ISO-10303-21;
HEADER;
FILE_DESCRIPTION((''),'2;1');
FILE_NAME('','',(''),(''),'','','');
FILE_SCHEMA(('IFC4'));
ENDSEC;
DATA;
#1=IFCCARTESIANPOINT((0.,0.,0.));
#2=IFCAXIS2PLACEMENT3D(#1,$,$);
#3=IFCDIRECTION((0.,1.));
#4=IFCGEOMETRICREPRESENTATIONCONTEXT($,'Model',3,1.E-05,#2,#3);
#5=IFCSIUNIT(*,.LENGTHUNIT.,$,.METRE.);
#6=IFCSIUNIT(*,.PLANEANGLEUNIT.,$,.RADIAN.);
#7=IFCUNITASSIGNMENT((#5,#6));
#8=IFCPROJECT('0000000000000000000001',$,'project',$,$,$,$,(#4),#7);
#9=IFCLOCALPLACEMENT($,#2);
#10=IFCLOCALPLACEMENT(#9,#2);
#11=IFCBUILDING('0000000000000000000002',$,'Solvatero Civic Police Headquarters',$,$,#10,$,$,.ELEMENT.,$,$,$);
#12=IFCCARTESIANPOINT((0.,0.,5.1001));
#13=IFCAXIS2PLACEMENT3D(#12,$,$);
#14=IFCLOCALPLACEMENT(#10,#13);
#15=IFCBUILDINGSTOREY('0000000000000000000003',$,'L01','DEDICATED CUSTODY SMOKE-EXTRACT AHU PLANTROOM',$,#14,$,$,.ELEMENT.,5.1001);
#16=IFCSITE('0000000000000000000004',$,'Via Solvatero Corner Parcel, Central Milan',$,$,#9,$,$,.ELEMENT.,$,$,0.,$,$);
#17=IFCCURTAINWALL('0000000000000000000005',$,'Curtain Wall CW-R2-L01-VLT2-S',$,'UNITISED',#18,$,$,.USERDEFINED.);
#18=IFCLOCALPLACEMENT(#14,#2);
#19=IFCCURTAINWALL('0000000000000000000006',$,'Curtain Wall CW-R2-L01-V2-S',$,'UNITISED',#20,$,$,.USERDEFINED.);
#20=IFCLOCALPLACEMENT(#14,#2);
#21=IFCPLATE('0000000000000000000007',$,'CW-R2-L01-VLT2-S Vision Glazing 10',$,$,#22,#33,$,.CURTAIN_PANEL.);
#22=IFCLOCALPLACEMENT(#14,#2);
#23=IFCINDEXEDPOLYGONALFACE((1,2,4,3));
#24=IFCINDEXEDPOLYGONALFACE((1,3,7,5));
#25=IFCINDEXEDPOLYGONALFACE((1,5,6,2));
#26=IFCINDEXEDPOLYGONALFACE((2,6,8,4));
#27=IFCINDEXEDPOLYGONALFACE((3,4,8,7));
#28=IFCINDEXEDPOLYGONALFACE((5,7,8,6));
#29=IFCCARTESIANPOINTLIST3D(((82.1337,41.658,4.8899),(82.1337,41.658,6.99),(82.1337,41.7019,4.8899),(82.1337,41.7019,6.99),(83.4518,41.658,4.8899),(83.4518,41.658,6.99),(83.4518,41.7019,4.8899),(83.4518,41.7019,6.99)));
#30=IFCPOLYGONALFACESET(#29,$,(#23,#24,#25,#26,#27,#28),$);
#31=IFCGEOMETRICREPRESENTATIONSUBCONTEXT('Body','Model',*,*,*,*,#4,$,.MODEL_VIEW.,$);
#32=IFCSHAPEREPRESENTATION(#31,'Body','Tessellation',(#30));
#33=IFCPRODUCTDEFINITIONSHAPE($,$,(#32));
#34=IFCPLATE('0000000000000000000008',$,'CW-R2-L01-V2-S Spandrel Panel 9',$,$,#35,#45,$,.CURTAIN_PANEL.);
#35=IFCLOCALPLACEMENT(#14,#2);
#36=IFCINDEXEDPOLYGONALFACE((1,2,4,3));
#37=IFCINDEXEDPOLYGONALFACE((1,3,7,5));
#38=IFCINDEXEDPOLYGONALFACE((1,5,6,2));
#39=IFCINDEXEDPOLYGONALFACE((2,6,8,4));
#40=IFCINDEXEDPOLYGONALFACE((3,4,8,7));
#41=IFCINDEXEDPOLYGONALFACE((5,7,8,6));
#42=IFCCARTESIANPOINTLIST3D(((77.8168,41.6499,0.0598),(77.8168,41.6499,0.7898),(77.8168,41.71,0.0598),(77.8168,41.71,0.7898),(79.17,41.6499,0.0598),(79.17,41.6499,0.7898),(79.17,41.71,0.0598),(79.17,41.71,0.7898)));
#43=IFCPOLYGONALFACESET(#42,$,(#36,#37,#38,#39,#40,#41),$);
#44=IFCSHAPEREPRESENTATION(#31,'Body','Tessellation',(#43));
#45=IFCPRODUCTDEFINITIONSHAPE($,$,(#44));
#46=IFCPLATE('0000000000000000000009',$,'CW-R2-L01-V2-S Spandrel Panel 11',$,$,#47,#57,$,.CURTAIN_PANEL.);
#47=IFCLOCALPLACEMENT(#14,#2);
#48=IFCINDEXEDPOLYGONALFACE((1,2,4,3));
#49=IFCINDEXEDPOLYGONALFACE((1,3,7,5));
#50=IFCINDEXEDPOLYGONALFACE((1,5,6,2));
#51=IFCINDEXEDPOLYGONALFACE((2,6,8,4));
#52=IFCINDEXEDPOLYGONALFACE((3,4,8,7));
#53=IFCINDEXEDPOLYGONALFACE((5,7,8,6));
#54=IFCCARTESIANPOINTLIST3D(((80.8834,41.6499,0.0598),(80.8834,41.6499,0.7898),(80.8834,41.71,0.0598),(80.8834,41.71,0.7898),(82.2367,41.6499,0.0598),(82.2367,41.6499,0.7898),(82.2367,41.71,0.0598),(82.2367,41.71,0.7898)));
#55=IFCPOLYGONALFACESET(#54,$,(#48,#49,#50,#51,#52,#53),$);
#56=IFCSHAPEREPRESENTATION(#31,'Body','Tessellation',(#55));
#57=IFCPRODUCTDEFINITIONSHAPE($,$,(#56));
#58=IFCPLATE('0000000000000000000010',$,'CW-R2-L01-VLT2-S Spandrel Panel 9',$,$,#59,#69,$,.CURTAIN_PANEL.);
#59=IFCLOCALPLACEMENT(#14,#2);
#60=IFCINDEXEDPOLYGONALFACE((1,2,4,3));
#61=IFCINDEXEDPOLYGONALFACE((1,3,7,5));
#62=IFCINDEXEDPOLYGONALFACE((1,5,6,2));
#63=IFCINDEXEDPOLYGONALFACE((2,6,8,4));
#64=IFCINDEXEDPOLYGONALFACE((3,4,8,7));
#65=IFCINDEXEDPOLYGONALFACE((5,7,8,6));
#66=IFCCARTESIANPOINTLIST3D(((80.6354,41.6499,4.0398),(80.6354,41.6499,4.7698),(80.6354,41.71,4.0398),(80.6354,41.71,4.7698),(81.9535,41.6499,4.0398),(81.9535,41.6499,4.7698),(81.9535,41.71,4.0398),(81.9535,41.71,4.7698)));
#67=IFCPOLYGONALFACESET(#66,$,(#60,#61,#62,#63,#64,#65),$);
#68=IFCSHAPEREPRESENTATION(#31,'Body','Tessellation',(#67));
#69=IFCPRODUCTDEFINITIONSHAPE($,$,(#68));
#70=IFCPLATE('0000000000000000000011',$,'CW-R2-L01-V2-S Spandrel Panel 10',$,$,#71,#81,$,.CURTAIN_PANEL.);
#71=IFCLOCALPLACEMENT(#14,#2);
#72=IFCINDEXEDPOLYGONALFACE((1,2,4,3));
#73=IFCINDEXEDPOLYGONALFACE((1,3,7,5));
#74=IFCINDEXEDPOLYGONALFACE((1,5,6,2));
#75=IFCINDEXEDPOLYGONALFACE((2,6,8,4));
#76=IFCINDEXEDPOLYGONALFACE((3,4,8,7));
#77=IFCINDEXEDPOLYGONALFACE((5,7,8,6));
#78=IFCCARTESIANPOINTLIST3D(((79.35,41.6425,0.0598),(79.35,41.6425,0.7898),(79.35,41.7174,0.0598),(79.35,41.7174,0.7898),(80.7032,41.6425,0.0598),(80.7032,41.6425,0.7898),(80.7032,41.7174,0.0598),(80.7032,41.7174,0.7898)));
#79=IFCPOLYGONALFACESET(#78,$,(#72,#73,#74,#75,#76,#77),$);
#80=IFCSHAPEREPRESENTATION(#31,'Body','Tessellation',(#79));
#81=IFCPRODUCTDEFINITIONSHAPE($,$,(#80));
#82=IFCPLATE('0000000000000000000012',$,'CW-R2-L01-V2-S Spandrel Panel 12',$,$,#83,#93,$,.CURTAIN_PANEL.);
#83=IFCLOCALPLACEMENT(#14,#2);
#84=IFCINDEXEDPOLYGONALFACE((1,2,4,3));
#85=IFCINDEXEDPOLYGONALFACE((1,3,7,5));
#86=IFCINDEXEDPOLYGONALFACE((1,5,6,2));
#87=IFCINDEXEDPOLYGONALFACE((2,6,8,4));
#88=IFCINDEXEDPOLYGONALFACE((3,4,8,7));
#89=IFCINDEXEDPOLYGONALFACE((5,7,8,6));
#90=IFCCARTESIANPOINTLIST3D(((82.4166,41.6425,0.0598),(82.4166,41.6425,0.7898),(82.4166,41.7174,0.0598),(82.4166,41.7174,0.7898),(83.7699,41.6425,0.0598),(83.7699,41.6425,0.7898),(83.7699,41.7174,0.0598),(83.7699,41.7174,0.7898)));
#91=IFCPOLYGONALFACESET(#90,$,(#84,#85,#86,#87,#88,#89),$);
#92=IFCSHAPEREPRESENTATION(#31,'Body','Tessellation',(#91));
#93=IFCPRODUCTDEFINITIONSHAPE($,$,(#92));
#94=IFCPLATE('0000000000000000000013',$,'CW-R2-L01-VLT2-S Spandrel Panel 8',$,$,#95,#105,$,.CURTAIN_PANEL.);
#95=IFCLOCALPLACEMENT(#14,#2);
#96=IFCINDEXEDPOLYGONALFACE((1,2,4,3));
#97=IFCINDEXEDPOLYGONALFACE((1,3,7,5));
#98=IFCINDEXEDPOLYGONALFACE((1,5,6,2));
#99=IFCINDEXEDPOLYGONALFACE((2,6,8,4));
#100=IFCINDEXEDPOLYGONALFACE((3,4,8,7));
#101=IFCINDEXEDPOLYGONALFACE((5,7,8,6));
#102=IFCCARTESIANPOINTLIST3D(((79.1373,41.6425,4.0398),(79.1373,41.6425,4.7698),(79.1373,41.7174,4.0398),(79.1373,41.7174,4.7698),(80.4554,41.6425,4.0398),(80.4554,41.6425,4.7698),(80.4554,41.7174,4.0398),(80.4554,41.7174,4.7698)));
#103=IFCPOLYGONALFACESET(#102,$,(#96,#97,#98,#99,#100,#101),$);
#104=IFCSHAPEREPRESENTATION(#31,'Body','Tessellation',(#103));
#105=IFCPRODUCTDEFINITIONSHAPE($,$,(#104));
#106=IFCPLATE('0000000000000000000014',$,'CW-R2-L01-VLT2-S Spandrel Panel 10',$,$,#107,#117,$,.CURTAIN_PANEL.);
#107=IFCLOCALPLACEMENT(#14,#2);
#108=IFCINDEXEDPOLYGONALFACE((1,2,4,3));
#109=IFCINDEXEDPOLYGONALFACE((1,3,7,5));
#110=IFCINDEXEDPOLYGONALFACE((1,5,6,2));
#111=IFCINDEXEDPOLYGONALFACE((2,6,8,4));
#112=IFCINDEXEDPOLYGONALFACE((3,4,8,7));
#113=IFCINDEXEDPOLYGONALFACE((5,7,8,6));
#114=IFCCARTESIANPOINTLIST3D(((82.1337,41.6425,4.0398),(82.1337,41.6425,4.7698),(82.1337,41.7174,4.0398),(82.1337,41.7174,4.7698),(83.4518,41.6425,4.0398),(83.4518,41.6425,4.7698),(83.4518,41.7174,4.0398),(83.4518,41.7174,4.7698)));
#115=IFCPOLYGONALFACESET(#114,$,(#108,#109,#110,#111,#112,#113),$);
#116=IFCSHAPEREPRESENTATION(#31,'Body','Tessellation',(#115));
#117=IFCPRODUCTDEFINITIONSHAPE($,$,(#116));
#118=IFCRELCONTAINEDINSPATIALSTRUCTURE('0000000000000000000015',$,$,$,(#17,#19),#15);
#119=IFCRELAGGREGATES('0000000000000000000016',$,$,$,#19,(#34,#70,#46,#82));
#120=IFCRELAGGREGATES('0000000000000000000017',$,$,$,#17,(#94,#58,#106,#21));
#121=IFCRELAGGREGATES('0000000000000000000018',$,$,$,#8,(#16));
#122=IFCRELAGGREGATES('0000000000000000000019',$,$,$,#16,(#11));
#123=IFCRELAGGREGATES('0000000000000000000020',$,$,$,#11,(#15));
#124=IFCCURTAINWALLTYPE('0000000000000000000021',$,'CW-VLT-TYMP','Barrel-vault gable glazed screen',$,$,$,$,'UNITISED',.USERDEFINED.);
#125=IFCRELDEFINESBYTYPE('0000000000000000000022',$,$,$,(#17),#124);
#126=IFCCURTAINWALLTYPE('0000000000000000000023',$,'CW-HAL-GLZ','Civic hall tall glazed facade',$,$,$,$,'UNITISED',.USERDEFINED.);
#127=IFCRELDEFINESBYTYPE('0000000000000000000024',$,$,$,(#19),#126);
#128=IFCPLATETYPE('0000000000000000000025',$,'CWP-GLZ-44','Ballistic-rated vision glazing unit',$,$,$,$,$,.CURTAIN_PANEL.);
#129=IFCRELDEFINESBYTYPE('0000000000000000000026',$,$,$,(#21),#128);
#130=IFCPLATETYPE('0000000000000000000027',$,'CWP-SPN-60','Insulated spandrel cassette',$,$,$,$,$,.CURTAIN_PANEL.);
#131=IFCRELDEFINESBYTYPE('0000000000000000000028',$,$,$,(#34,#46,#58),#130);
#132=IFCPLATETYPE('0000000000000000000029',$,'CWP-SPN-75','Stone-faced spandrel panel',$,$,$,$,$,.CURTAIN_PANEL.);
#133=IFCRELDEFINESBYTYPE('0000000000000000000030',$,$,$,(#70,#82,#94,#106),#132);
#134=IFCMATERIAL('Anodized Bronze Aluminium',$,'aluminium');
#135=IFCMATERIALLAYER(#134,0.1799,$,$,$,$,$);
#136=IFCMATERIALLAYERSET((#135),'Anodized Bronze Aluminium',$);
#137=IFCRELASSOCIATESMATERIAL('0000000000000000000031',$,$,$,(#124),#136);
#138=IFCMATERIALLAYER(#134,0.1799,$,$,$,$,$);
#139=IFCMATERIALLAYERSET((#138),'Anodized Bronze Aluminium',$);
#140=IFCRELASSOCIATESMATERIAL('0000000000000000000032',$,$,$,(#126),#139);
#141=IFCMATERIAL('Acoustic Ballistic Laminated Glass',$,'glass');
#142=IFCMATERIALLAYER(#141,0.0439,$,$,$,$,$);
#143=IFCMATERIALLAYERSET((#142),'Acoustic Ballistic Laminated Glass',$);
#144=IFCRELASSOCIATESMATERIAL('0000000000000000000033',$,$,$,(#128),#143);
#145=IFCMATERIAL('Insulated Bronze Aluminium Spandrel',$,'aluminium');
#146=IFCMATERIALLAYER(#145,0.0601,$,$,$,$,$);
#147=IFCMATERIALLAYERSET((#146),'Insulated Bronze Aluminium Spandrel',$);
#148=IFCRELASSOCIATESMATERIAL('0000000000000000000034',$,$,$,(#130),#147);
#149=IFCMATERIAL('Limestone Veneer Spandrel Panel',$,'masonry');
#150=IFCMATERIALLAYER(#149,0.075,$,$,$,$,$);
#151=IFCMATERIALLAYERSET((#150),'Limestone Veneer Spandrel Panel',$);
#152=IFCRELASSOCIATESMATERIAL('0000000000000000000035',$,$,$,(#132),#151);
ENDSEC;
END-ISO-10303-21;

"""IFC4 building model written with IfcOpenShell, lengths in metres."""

from ifc_helpers import new_model, si_unit, direction, frame, origin, origin_2d, place, context, subcontext, project, spatial, rectangle, extrude, material, layer, layer_set, type_object, element, aggregate, save


model = new_model("IFC4")

# Units and contexts
model_context = context("Model", 3, precision=1e-05, world=origin(), true_north=direction((0.0, 1.0)))
body_context = subcontext(model_context, "Body", "Model", "MODEL_VIEW")
ifc_project = project(units=[si_unit("LENGTHUNIT", "METRE"), si_unit("PLANEANGLEUNIT", "RADIAN")], contexts=[model_context])

# Site, building, storey
site_placement = place(None, origin())
site = spatial("IfcSite", under=ifc_project, at=site_placement, Name="Via Solvatero Corner Parcel, Central Milan", CompositionType="ELEMENT", RefElevation=0.0)
building_placement = place(site_placement, origin())
building = spatial("IfcBuilding", under=site, at=building_placement, Name="Solvatero Civic Police Headquarters", CompositionType="ELEMENT")
storey_placement = place(building_placement, frame((0.0, 0.0, 5.1001)))
storey = spatial("IfcBuildingStorey", under=building, at=storey_placement, Name="L01", Description="DEDICATED CUSTODY SMOKE-EXTRACT AHU PLANTROOM", CompositionType="ELEMENT", Elevation=5.1001)

# Curtain walls
ifc_material_1 = material(Name="Anodized Bronze Aluminium", Category="aluminium")
ifc_layer_1 = layer(ifc_material_1, 0.1799)
ifc_layer_set_1 = layer_set([ifc_layer_1], Name="Anodized Bronze Aluminium")
curtain_wall_type_1 = type_object("IfcCurtainWallType", Name="CW-VLT-TYMP", Description="Barrel-vault gable glazed screen", ElementType="UNITISED", PredefinedType="USERDEFINED", material=ifc_layer_set_1)
curtain_wall_1_placement = place(storey_placement, origin())
curtain_wall_1 = element("IfcCurtainWall", 1, at=curtain_wall_1_placement, inside=storey, type_object=curtain_wall_type_1, Name="Curtain Wall CW-R2-L01-VLT2-S", ObjectType="UNITISED", PredefinedType="USERDEFINED")
ifc_layer_2 = layer(ifc_material_1, 0.1799)
ifc_layer_set_2 = layer_set([ifc_layer_2], Name="Anodized Bronze Aluminium")
curtain_wall_type_2 = type_object("IfcCurtainWallType", Name="CW-HAL-GLZ", Description="Civic hall tall glazed facade", ElementType="UNITISED", PredefinedType="USERDEFINED", material=ifc_layer_set_2)
curtain_wall_2_placement = place(storey_placement, origin())
curtain_wall_2 = element("IfcCurtainWall", 2, at=curtain_wall_2_placement, inside=storey, type_object=curtain_wall_type_2, Name="Curtain Wall CW-R2-L01-V2-S", ObjectType="UNITISED", PredefinedType="USERDEFINED")

# Plates
ifc_material_2 = material(Name="Acoustic Ballistic Laminated Glass", Category="glass")
ifc_layer_3 = layer(ifc_material_2, 0.0439)
ifc_layer_set_3 = layer_set([ifc_layer_3], Name="Acoustic Ballistic Laminated Glass")
plate_type_1 = type_object("IfcPlateType", Name="CWP-GLZ-44", Description="Ballistic-rated vision glazing unit", PredefinedType="CURTAIN_PANEL", material=ifc_layer_set_3)
plate_1_placement = place(storey_placement, frame((82.7927, 41.6799, 4.8899), z_axis=(0.0, 0.0, 1.0), x_axis=(1.0, 0.0, 0.0)))
plate_1 = element("IfcPlate", 3, at=plate_1_placement, type_object=plate_type_1, Name="CW-R2-L01-VLT2-S Vision Glazing 10", PredefinedType="CURTAIN_PANEL", context=body_context, shape_type="SweptSolid", body=[
    extrude(rectangle(XDim=1.3181, YDim=0.0439, at=origin_2d()), origin(), (0.0, 0.0, 1.0), 2.1001),
])
ifc_material_3 = material(Name="Insulated Bronze Aluminium Spandrel", Category="aluminium")
ifc_layer_4 = layer(ifc_material_3, 0.0601)
ifc_layer_set_4 = layer_set([ifc_layer_4], Name="Insulated Bronze Aluminium Spandrel")
plate_type_2 = type_object("IfcPlateType", Name="CWP-SPN-60", Description="Insulated spandrel cassette", PredefinedType="CURTAIN_PANEL", material=ifc_layer_set_4)
plate_2_placement = place(storey_placement, frame((78.4934, 41.6799, 0.0598), z_axis=(0.0, 0.0, 1.0), x_axis=(1.0, 0.0, 0.0)))
plate_2 = element("IfcPlate", 4, at=plate_2_placement, type_object=plate_type_2, Name="CW-R2-L01-V2-S Spandrel Panel 9", PredefinedType="CURTAIN_PANEL", context=body_context, shape_type="SweptSolid", body=[
    extrude(rectangle(XDim=1.3533, YDim=0.0601, at=origin_2d()), origin(), (0.0, 0.0, 1.0), 0.73),
])
plate_3_placement = place(storey_placement, frame((81.5601, 41.6799, 0.0598), z_axis=(0.0, 0.0, 1.0), x_axis=(1.0, 0.0, 0.0)))
plate_3 = element("IfcPlate", 5, at=plate_3_placement, type_object=plate_type_2, Name="CW-R2-L01-V2-S Spandrel Panel 11", PredefinedType="CURTAIN_PANEL", context=body_context, shape_type="SweptSolid", body=[
    extrude(rectangle(XDim=1.3533, YDim=0.0601, at=origin_2d()), origin(), (0.0, 0.0, 1.0), 0.73),
])
plate_4_placement = place(storey_placement, frame((81.2944, 41.6799, 4.0398), z_axis=(0.0, 0.0, 1.0), x_axis=(1.0, 0.0, 0.0)))
plate_4 = element("IfcPlate", 6, at=plate_4_placement, type_object=plate_type_2, Name="CW-R2-L01-VLT2-S Spandrel Panel 9", PredefinedType="CURTAIN_PANEL", context=body_context, shape_type="SweptSolid", body=[
    extrude(rectangle(XDim=1.3181, YDim=0.0601, at=origin_2d()), origin(), (0.0, 0.0, 1.0), 0.73),
])
ifc_material_4 = material(Name="Limestone Veneer Spandrel Panel", Category="masonry")
ifc_layer_5 = layer(ifc_material_4, 0.075)
ifc_layer_set_5 = layer_set([ifc_layer_5], Name="Limestone Veneer Spandrel Panel")
plate_type_3 = type_object("IfcPlateType", Name="CWP-SPN-75", Description="Stone-faced spandrel panel", PredefinedType="CURTAIN_PANEL", material=ifc_layer_set_5)
plate_5_placement = place(storey_placement, frame((80.0266, 41.6799, 0.0598), z_axis=(0.0, 0.0, 1.0), x_axis=(1.0, 0.0, 0.0)))
plate_5 = element("IfcPlate", 7, at=plate_5_placement, type_object=plate_type_3, Name="CW-R2-L01-V2-S Spandrel Panel 10", PredefinedType="CURTAIN_PANEL", context=body_context, shape_type="SweptSolid", body=[
    extrude(rectangle(XDim=1.3533, YDim=0.075, at=origin_2d()), origin(), (0.0, 0.0, 1.0), 0.73),
])
plate_6_placement = place(storey_placement, frame((83.0933, 41.6799, 0.0598), z_axis=(0.0, 0.0, 1.0), x_axis=(1.0, 0.0, 0.0)))
plate_6 = element("IfcPlate", 8, at=plate_6_placement, type_object=plate_type_3, Name="CW-R2-L01-V2-S Spandrel Panel 12", PredefinedType="CURTAIN_PANEL", context=body_context, shape_type="SweptSolid", body=[
    extrude(rectangle(XDim=1.3533, YDim=0.075, at=origin_2d()), origin(), (0.0, 0.0, 1.0), 0.73),
])
aggregate(curtain_wall_2, [plate_2, plate_5, plate_3, plate_6])
plate_7_placement = place(storey_placement, frame((79.7964, 41.6799, 4.0398), z_axis=(0.0, 0.0, 1.0), x_axis=(1.0, 0.0, 0.0)))
plate_7 = element("IfcPlate", 9, at=plate_7_placement, type_object=plate_type_3, Name="CW-R2-L01-VLT2-S Spandrel Panel 8", PredefinedType="CURTAIN_PANEL", context=body_context, shape_type="SweptSolid", body=[
    extrude(rectangle(XDim=1.3181, YDim=0.075, at=origin_2d()), origin(), (0.0, 0.0, 1.0), 0.73),
])
plate_8_placement = place(storey_placement, frame((82.7927, 41.6799, 4.0398), z_axis=(0.0, 0.0, 1.0), x_axis=(1.0, 0.0, 0.0)))
plate_8 = element("IfcPlate", 10, at=plate_8_placement, type_object=plate_type_3, Name="CW-R2-L01-VLT2-S Spandrel Panel 10", PredefinedType="CURTAIN_PANEL", context=body_context, shape_type="SweptSolid", body=[
    extrude(rectangle(XDim=1.3181, YDim=0.075, at=origin_2d()), origin(), (0.0, 0.0, 1.0), 0.73),
])
aggregate(curtain_wall_1, [plate_7, plate_4, plate_8, plate_1])

save(model, "model.ifc")
